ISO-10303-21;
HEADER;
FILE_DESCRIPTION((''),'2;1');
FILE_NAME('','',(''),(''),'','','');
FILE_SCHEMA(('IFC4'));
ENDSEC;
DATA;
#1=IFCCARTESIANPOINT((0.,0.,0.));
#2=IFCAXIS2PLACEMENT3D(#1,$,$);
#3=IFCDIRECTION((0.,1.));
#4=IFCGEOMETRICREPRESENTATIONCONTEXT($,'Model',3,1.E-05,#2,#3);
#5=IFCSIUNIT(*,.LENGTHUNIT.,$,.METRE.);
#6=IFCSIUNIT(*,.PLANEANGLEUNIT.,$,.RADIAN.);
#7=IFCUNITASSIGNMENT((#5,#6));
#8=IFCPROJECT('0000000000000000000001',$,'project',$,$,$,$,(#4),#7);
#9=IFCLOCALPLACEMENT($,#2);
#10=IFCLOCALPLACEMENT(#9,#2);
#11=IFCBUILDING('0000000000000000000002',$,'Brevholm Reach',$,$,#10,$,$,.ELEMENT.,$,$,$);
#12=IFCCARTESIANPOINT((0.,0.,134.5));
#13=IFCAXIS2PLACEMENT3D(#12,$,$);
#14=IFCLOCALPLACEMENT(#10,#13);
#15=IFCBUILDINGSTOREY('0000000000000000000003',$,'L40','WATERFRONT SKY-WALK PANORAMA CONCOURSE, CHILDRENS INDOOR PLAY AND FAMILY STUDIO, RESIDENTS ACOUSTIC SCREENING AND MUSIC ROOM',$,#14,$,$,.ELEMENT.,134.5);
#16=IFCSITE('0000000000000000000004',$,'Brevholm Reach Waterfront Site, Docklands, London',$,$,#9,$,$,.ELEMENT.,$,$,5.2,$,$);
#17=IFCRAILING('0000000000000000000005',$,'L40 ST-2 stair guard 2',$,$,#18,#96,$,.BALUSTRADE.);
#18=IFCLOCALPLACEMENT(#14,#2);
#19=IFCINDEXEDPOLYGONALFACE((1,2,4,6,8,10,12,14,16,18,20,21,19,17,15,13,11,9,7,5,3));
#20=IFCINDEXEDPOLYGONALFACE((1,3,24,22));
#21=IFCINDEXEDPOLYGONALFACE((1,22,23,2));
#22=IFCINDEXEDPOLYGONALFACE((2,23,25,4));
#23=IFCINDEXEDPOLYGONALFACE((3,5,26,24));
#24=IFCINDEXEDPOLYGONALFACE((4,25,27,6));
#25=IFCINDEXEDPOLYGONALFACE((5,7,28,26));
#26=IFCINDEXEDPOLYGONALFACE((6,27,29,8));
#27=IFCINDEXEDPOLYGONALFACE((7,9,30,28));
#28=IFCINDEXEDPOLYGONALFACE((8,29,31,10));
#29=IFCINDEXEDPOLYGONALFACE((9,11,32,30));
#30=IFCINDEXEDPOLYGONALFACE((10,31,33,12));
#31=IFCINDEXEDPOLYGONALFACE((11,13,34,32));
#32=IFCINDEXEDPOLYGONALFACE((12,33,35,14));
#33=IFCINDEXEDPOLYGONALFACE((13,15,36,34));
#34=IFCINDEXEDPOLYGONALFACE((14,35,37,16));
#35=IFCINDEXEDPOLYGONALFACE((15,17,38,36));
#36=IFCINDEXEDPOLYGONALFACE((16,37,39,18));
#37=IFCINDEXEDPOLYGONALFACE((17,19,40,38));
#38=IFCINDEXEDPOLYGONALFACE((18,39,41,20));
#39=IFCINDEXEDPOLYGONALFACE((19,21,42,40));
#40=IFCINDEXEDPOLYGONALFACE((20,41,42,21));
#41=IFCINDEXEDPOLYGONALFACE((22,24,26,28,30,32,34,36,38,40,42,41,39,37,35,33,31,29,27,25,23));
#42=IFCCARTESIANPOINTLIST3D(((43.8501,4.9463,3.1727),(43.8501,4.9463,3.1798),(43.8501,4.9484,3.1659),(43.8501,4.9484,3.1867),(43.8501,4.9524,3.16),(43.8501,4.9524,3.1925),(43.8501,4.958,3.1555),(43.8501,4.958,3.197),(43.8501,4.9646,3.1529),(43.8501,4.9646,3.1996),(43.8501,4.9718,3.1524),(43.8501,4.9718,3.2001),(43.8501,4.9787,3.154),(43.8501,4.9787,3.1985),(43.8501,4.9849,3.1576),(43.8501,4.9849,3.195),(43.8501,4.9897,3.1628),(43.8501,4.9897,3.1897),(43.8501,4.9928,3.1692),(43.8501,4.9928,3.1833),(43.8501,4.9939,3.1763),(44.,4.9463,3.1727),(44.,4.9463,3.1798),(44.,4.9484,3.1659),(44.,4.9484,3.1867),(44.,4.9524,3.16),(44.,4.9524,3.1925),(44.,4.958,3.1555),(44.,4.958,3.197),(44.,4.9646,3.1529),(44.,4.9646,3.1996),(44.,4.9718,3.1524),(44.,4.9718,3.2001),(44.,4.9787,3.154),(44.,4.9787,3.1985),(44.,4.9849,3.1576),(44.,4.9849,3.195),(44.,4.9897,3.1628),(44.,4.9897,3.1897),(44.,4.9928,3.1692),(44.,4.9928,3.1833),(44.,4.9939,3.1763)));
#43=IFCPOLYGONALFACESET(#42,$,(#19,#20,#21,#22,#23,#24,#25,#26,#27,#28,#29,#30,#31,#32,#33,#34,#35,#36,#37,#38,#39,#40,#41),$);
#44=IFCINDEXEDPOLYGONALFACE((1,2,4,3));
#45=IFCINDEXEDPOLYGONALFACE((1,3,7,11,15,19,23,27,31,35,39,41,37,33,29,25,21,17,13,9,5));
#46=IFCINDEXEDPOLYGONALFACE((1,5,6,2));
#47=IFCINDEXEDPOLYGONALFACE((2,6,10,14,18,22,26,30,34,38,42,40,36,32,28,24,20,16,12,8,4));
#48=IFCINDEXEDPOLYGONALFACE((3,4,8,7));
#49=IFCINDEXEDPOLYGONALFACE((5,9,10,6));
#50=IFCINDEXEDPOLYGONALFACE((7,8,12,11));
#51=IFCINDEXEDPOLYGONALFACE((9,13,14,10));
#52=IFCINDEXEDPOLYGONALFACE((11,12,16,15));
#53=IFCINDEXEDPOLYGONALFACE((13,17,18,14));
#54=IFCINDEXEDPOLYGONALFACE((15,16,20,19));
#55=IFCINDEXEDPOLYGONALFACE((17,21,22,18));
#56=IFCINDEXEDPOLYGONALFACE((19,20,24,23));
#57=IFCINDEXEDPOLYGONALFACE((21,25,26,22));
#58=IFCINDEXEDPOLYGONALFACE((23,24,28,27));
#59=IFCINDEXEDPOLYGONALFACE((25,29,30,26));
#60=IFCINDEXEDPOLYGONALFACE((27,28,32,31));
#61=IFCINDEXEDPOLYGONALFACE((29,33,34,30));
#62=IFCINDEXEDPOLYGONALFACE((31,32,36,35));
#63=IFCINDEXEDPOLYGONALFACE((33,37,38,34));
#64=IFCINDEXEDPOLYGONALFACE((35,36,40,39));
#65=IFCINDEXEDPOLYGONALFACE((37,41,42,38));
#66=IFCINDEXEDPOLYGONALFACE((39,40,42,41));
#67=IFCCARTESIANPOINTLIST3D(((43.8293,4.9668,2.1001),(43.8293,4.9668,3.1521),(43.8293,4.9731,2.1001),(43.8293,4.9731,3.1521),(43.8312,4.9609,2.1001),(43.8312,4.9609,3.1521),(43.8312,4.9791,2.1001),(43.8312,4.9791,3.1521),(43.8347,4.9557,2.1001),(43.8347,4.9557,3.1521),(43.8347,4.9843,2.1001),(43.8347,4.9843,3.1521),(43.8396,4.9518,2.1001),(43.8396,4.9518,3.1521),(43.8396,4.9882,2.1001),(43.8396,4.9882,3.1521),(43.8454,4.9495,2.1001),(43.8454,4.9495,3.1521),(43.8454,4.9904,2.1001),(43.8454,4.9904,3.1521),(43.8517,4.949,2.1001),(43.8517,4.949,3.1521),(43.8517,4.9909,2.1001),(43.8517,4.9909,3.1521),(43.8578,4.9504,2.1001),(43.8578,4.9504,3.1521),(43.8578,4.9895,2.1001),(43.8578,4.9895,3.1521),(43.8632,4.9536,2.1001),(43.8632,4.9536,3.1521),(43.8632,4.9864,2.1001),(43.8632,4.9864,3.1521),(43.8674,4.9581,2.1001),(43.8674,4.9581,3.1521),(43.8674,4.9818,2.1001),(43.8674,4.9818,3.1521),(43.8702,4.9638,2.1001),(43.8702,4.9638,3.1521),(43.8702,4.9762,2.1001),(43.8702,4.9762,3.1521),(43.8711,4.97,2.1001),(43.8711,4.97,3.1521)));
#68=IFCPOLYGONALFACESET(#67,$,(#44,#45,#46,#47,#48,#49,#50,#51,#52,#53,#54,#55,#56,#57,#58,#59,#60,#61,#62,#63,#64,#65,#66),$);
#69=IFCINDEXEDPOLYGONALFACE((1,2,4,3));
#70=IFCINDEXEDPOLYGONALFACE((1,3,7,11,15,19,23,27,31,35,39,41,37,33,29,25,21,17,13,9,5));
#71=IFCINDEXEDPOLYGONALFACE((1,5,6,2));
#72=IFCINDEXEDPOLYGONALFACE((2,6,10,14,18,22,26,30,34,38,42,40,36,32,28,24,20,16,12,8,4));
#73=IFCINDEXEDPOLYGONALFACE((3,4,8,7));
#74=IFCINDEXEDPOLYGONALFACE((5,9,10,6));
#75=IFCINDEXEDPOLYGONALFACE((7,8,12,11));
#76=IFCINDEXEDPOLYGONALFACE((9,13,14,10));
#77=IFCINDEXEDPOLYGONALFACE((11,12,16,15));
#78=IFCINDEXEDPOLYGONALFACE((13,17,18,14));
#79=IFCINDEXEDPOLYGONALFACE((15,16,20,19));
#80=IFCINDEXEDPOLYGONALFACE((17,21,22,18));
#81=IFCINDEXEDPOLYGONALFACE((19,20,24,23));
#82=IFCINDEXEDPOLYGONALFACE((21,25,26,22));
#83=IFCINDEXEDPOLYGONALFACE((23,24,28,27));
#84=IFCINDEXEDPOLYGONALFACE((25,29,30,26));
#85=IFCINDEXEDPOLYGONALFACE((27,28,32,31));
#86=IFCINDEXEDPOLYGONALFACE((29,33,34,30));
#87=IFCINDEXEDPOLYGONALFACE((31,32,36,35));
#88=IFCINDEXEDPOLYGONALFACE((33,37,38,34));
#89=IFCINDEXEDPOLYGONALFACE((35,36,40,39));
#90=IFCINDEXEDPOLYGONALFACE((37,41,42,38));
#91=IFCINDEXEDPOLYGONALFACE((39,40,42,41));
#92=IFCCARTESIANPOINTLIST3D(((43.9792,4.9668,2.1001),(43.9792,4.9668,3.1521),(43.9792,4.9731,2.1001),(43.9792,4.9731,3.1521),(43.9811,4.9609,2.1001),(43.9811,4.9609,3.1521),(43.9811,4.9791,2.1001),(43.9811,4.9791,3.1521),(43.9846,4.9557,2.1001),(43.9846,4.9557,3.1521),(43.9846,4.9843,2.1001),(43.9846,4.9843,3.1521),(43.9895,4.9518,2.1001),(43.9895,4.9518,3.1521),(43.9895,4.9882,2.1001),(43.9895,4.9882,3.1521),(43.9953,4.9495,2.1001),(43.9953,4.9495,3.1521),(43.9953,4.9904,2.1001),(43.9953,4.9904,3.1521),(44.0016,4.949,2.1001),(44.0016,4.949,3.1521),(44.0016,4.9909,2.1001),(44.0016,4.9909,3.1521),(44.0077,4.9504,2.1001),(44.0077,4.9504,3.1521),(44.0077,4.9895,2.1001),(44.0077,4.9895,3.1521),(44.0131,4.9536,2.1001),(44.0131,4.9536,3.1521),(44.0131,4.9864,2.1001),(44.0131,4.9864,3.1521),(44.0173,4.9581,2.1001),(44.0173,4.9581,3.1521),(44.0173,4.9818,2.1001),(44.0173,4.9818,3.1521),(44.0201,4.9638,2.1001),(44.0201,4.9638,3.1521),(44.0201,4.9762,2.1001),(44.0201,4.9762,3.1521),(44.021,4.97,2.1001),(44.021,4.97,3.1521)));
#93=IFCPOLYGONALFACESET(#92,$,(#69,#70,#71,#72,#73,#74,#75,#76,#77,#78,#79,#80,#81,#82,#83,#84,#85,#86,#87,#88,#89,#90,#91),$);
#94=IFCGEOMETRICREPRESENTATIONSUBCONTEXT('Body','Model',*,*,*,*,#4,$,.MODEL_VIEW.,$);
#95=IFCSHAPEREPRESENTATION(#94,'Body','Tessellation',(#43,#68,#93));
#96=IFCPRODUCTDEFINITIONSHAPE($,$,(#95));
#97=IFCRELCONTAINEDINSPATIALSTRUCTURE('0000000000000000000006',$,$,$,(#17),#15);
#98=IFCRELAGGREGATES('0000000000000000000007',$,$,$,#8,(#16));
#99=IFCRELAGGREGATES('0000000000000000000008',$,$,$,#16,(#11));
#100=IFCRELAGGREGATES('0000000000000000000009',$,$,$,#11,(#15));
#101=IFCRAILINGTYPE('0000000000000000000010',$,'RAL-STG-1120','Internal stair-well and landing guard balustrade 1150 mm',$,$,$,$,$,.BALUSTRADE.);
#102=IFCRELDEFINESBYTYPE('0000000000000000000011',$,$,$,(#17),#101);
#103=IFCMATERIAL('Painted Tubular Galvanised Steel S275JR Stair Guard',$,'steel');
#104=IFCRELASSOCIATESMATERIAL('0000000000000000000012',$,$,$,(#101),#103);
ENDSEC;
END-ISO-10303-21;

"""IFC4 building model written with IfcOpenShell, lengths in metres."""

from ifc_helpers import new_model, si_unit, direction, frame, origin, origin_2d, place, context, subcontext, project, spatial, circle, extrude, material, type_object, element, save


model = new_model("IFC4")

# Units and contexts
model_context = context("Model", 3, precision=1e-05, world=origin(), true_north=direction((0.0, 1.0)))
body_context = subcontext(model_context, "Body", "Model", "MODEL_VIEW")
ifc_project = project(units=[si_unit("LENGTHUNIT", "METRE"), si_unit("PLANEANGLEUNIT", "RADIAN")], contexts=[model_context])

# Site, building, storey
site_placement = place(None, origin())
site = spatial("IfcSite", under=ifc_project, at=site_placement, Name="Brevholm Reach Waterfront Site, Docklands, London", CompositionType="ELEMENT", RefElevation=5.2)
building_placement = place(site_placement, origin())
building = spatial("IfcBuilding", under=site, at=building_placement, Name="Brevholm Reach", CompositionType="ELEMENT")
storey_placement = place(building_placement, frame((0.0, 0.0, 134.5)))
storey = spatial("IfcBuildingStorey", under=building, at=storey_placement, Name="L40", Description="WATERFRONT SKY-WALK PANORAMA CONCOURSE, CHILDRENS INDOOR PLAY AND FAMILY STUDIO, RESIDENTS ACOUSTIC SCREENING AND MUSIC ROOM", CompositionType="ELEMENT", Elevation=134.5)

# Railing
ifc_material_1 = material(Name="Painted Tubular Galvanised Steel S275JR Stair Guard", Category="steel")
railing_type_1 = type_object("IfcRailingType", Name="RAL-STG-1120", Description="Internal stair-well and landing guard balustrade 1150 mm", PredefinedType="BALUSTRADE", material=ifc_material_1)
railing_1_placement = place(storey_placement, frame((43.8501, 4.97, 2.1001)))
element("IfcRailing", 1, at=railing_1_placement, inside=storey, type_object=railing_type_1, Name="L40 ST-2 stair guard 2", PredefinedType="BALUSTRADE", context=body_context, shape_type="SweptSolid", body=[
    extrude(circle(Radius=0.0239, at=origin_2d()), frame((0.0, 0.0, 1.0762), z_axis=(1.0, 0.0, 0.0), x_axis=(0.0, 1.0, 0.0)), (0.0, 0.0, 1.0), 0.1499),
    extrude(circle(Radius=0.021, at=origin_2d()), origin(), (0.0, 0.0, 1.0), 1.052),
    extrude(circle(Radius=0.021, at=origin_2d()), frame((0.1499, 0.0, 0.0)), (0.0, 0.0, 1.0), 1.052),
])

save(model, "model.ifc")
